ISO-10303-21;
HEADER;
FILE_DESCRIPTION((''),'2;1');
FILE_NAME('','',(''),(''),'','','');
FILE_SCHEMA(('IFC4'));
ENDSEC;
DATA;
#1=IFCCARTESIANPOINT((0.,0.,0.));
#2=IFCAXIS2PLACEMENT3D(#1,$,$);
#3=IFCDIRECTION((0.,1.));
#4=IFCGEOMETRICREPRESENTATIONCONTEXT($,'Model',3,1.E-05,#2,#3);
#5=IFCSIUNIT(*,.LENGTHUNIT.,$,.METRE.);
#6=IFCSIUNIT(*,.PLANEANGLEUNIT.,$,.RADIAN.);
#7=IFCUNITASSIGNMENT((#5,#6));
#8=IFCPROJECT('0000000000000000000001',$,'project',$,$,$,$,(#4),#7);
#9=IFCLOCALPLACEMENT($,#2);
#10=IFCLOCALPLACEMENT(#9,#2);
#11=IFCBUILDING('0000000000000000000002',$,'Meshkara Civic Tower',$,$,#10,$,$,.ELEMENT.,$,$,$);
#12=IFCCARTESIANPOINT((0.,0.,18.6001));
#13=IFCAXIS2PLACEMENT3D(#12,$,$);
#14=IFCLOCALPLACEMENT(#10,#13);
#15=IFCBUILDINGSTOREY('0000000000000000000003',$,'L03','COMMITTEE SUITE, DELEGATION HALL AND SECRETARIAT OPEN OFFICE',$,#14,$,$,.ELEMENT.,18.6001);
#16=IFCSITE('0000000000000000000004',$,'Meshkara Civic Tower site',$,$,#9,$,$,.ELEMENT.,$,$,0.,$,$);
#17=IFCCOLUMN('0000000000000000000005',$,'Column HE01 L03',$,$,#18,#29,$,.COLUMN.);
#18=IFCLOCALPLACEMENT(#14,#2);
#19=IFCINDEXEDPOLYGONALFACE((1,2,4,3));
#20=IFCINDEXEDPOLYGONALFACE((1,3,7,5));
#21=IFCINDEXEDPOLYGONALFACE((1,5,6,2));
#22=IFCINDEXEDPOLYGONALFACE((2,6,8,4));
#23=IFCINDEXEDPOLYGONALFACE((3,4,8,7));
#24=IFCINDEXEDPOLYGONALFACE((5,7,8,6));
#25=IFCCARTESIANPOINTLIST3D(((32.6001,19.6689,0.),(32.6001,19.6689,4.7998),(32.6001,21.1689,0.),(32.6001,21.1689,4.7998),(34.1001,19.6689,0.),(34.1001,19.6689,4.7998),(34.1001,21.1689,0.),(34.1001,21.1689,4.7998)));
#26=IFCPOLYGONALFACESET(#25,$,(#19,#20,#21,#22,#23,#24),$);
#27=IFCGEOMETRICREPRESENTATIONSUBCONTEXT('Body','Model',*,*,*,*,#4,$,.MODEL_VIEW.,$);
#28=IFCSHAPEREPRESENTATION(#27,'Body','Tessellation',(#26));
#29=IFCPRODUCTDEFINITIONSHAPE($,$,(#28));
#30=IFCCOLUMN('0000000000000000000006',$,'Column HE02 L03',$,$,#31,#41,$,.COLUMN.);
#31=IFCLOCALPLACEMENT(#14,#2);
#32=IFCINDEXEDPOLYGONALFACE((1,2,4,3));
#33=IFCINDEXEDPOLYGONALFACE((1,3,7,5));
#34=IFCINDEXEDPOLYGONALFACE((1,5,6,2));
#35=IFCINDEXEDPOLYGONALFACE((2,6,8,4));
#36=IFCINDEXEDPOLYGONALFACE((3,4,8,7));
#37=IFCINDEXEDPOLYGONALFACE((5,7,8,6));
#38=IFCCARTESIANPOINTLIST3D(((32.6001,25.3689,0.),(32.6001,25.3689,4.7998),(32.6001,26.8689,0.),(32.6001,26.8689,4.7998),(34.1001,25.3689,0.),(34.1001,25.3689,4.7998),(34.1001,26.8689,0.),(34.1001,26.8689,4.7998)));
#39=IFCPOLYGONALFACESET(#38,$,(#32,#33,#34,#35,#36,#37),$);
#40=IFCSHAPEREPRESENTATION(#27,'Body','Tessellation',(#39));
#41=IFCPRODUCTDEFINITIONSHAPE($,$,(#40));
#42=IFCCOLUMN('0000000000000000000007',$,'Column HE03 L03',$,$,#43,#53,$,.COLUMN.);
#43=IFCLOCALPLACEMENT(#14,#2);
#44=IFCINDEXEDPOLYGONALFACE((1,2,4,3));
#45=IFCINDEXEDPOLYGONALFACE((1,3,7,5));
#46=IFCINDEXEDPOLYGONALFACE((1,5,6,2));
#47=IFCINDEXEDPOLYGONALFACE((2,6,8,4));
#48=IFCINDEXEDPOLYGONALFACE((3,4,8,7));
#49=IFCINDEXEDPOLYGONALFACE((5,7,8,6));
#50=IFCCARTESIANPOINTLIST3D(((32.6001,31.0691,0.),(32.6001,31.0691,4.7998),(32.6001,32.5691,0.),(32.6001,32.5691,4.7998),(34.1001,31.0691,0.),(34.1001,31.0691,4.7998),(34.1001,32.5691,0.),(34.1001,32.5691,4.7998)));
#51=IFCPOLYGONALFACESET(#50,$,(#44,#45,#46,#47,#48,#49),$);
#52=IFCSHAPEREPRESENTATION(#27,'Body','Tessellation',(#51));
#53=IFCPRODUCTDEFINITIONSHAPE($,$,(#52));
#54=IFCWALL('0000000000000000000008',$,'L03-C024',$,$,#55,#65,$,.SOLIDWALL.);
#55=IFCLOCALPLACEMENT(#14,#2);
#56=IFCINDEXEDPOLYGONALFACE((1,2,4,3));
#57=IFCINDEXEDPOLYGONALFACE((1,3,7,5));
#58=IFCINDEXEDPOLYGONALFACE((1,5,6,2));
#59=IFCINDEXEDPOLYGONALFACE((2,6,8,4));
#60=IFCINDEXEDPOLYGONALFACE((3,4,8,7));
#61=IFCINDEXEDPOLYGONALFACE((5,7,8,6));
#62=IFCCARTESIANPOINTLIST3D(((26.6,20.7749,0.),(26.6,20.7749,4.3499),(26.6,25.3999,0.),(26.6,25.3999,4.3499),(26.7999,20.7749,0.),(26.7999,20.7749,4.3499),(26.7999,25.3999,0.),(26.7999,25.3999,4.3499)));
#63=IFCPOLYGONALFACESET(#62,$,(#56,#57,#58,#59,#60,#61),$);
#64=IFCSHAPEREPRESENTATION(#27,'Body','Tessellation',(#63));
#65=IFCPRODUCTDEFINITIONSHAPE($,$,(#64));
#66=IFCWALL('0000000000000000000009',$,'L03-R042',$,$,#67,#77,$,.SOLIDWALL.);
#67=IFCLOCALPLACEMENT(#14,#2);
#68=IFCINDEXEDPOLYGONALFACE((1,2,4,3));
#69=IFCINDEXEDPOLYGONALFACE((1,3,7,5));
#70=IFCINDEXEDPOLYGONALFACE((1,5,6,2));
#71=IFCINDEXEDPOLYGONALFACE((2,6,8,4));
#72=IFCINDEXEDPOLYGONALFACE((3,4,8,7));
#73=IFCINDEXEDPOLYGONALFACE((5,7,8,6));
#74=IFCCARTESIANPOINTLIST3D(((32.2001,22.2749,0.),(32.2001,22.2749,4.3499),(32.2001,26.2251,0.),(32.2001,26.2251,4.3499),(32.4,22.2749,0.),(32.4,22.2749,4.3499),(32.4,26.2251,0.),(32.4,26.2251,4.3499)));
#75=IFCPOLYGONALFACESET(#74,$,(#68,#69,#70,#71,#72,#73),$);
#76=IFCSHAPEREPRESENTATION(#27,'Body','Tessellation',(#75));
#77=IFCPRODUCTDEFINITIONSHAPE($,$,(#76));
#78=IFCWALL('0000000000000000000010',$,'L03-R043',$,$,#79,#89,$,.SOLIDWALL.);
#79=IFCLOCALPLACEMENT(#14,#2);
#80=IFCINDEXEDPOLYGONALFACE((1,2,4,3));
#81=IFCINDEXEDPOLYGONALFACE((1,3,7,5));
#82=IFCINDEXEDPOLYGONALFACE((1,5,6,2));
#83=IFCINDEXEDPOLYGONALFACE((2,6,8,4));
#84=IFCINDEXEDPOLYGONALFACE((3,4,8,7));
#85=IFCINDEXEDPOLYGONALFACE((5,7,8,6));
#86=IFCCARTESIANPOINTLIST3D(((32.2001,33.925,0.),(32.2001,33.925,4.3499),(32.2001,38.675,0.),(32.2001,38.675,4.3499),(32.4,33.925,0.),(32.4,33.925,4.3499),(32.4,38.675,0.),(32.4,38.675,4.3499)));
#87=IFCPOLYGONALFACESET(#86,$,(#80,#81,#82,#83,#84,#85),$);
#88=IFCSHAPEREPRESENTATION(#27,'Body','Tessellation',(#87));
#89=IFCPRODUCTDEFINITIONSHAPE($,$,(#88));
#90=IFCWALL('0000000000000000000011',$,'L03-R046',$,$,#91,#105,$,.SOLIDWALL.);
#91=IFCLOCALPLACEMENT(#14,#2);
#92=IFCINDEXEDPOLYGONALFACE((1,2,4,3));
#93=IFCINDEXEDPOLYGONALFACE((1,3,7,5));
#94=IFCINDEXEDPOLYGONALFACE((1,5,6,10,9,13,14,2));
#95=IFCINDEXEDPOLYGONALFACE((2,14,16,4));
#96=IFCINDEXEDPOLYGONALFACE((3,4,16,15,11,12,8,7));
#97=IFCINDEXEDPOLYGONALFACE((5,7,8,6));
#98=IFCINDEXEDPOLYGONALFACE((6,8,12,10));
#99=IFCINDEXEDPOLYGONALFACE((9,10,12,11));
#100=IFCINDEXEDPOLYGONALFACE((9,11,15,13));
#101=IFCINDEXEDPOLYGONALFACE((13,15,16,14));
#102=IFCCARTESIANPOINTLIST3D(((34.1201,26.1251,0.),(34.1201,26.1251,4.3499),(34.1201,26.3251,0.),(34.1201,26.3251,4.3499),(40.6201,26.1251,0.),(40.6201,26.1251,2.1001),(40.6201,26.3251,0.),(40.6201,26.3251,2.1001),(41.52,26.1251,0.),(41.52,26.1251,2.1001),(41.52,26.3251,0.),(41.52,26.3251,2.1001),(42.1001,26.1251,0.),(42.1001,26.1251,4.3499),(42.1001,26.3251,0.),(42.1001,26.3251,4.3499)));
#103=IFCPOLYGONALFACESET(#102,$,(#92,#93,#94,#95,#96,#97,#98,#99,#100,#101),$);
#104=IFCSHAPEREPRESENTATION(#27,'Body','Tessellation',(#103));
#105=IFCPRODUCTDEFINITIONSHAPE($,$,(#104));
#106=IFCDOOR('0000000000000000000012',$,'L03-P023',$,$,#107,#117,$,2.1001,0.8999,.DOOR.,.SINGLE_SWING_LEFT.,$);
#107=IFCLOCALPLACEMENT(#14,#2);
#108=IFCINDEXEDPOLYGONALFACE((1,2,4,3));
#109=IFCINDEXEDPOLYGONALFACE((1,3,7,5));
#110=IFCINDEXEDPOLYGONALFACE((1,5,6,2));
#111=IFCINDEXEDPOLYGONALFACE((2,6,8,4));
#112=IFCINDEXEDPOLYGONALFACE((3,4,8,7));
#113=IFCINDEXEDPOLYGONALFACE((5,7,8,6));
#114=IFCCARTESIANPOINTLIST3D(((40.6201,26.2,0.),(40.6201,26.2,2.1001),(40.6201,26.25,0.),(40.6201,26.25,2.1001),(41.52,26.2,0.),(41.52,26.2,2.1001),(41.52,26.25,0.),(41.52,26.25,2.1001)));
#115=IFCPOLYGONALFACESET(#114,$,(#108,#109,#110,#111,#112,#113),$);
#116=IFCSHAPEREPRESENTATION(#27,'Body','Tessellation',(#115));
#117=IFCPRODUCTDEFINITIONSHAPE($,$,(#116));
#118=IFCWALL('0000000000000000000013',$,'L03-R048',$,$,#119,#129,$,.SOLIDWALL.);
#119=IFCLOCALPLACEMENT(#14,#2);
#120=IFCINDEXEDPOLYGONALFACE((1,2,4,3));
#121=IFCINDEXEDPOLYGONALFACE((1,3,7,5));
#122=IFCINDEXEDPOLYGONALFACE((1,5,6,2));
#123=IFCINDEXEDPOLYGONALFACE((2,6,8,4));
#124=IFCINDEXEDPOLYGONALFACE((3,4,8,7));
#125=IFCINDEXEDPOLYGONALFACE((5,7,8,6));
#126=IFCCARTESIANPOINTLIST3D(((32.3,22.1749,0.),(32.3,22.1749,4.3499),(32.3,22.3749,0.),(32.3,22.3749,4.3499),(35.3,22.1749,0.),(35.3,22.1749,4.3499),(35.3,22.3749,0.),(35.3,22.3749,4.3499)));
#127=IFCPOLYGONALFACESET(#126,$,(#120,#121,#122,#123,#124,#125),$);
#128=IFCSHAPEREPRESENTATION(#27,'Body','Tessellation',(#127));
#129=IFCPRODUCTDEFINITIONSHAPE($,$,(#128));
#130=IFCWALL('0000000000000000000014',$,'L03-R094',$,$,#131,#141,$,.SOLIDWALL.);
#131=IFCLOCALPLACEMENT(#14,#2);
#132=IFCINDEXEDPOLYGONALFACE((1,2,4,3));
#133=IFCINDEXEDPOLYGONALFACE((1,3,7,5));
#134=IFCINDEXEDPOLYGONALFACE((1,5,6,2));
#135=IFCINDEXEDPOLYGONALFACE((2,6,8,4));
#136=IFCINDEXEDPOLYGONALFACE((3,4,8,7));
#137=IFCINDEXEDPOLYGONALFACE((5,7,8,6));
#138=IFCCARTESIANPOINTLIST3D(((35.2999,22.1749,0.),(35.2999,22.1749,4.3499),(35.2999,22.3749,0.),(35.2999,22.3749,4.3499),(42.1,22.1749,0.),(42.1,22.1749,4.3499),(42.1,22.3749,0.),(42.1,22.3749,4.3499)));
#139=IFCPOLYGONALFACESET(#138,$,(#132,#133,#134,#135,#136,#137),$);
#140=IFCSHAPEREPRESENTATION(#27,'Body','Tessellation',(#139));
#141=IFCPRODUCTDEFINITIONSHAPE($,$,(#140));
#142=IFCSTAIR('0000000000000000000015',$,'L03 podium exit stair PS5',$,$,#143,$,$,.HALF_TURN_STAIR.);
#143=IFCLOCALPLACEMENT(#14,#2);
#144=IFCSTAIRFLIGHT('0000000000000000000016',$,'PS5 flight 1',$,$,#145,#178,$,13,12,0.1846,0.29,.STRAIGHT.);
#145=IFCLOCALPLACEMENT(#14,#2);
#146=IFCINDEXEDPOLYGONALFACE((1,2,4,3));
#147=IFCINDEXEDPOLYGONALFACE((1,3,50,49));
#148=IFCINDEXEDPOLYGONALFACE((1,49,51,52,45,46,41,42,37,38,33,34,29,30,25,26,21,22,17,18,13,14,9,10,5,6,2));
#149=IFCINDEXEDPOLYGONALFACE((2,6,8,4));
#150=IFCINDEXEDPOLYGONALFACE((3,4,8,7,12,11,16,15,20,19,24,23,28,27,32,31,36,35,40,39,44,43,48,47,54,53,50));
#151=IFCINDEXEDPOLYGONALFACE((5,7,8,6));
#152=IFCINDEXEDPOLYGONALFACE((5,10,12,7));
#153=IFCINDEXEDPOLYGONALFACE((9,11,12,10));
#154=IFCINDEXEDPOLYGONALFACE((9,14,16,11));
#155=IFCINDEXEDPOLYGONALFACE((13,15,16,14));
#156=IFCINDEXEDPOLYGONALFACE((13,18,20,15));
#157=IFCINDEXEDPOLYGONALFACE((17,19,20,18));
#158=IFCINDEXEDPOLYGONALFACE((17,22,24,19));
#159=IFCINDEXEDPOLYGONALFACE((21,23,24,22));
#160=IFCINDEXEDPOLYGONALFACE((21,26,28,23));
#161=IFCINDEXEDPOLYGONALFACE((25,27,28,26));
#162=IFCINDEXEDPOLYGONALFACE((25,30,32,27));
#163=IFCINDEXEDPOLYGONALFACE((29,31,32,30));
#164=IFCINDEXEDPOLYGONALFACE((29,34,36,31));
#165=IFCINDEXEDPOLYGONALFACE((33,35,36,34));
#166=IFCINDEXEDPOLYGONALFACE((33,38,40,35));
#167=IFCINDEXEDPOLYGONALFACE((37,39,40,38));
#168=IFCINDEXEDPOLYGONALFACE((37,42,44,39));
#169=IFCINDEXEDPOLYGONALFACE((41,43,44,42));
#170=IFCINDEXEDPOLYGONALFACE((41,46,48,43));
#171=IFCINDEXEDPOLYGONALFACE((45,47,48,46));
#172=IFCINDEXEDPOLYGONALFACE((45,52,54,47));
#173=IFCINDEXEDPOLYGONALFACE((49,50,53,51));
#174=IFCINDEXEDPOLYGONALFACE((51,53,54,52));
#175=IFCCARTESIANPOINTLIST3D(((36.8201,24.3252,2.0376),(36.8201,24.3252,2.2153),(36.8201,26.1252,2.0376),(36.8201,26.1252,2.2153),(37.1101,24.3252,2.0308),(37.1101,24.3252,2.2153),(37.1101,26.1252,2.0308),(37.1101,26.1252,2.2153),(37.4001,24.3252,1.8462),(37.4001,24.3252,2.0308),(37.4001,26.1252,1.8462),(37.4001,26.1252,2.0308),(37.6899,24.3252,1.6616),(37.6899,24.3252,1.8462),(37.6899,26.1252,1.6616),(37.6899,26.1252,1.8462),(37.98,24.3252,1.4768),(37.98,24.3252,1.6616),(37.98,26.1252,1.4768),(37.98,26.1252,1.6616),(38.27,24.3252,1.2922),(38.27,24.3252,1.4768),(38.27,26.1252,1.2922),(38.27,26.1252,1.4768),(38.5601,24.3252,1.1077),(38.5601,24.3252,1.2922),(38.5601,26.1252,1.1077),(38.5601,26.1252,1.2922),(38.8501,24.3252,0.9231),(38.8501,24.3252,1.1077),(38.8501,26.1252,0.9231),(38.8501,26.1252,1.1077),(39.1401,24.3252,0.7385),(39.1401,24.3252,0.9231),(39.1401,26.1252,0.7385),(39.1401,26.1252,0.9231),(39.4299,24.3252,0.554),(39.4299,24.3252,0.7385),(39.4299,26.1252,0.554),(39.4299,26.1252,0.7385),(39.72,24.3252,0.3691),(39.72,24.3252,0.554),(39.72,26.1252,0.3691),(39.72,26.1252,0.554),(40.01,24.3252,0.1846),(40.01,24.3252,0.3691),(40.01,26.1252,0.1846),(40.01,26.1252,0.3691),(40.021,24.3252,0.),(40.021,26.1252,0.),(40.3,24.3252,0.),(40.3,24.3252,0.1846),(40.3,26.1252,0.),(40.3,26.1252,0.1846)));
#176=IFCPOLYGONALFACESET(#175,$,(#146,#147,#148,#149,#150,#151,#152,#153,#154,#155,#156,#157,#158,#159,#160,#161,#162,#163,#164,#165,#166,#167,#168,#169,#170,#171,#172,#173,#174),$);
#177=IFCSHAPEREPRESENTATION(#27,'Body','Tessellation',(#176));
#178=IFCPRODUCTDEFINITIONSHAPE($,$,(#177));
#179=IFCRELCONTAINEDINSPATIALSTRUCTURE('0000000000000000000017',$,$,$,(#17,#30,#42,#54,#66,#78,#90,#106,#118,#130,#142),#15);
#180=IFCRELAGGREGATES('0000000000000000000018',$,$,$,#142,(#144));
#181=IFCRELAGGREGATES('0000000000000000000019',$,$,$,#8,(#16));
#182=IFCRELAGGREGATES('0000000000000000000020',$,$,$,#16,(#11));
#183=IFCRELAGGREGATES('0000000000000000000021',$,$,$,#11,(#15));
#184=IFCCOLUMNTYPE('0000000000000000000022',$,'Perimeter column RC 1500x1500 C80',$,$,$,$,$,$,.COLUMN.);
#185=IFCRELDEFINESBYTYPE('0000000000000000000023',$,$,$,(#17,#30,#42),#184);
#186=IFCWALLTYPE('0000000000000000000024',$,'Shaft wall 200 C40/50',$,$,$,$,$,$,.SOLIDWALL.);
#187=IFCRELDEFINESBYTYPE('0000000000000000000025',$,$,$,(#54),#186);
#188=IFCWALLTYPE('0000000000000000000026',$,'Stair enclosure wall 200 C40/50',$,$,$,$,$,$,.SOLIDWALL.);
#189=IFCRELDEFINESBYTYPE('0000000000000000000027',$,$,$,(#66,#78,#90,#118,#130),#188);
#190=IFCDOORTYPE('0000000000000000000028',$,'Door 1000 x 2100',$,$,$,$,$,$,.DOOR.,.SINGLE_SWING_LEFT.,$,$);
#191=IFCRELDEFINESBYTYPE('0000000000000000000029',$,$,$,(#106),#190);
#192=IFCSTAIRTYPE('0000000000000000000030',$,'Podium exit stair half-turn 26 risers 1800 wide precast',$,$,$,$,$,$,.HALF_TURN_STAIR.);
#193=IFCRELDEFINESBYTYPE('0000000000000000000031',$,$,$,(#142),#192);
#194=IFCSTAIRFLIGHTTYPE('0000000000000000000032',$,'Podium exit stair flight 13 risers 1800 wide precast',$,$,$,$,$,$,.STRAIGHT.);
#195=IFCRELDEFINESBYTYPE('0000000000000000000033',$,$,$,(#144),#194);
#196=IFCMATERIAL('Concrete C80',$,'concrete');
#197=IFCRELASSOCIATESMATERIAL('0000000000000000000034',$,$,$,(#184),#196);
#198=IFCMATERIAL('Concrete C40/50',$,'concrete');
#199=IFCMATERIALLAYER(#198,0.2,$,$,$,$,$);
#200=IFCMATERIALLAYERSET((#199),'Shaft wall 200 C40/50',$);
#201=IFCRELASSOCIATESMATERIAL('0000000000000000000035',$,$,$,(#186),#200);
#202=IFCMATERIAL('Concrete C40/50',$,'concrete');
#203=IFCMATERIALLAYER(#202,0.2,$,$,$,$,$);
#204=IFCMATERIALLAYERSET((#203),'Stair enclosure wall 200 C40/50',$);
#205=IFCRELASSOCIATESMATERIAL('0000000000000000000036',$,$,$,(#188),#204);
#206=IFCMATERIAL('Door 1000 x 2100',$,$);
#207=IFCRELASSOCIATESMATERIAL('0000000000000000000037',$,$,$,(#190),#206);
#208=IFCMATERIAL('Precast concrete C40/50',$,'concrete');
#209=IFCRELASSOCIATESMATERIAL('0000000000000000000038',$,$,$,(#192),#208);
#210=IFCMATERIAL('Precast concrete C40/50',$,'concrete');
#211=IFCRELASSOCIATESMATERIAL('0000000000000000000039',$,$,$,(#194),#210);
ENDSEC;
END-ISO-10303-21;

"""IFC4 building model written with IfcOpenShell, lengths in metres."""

from ifc_helpers import new_model, si_unit, direction, frame, frame_2d, origin, origin_2d, place, context, subcontext, project, spatial, polyline, rectangle, outline, extrude, material, layer, layer_set, material_profile, profile_set, type_object, element, fill, aggregate, save


model = new_model("IFC4")

# Units and contexts
model_context = context("Model", 3, precision=1e-05, world=origin(), true_north=direction((0.0, 1.0)))
body_context = subcontext(model_context, "Body", "Model", "MODEL_VIEW")
ifc_project = project(units=[si_unit("LENGTHUNIT", "METRE"), si_unit("PLANEANGLEUNIT", "RADIAN")], contexts=[model_context])

# Site, building, storey
site_placement = place(None, origin())
site = spatial("IfcSite", under=ifc_project, at=site_placement, Name="Meshkara Civic Tower site", CompositionType="ELEMENT", RefElevation=0.0)
building_placement = place(site_placement, origin())
building = spatial("IfcBuilding", under=site, at=building_placement, Name="Meshkara Civic Tower", CompositionType="ELEMENT")
storey_placement = place(building_placement, frame((0.0, 0.0, 18.6001)))
storey = spatial("IfcBuildingStorey", under=building, at=storey_placement, Name="L03", Description="COMMITTEE SUITE, DELEGATION HALL AND SECRETARIAT OPEN OFFICE", CompositionType="ELEMENT", Elevation=18.6001)

# Columns
ifc_material_1 = material(Name="Concrete C80", Category="concrete")
ifc_material_profile = material_profile(ifc_material_1, rectangle(XDim=1.5, YDim=1.5, at=origin_2d()))
ifc_profile_set = profile_set([ifc_material_profile], Name="Concrete C80")
column_type = type_object("IfcColumnType", Name="Perimeter column RC 1500x1500 C80", PredefinedType="COLUMN", material=ifc_profile_set)
for number, where, z_axis, x_axis, name in (
    (1, (33.3501, 20.4189, 0.0), (0.0, 0.0, 1.0), (1.0, 0.0, 0.0), "Column HE01 L03"),
    (2, (33.3501, 26.1189, 0.0), (0.0, 0.0, 1.0), (1.0, 0.0, 0.0), "Column HE02 L03"),
    (3, (33.3501, 31.8191, 0.0), (0.0, 0.0, 1.0), (1.0, 0.0, 0.0), "Column HE03 L03"),
):
    element("IfcColumn", number, at=place(storey_placement, frame(where, z_axis=z_axis, x_axis=x_axis)), inside=storey, type_object=column_type, Name=name, PredefinedType="COLUMN", context=body_context, shape_type="SweptSolid", body=[
        extrude(rectangle(XDim=1.5, YDim=1.5, at=origin_2d()), origin(), (0.0, 0.0, 1.0), 4.7998),
    ])

# Walls
ifc_material_2 = material(Name="Concrete C40/50", Category="concrete")
ifc_layer_1 = layer(ifc_material_2, 0.2)
ifc_layer_set_1 = layer_set([ifc_layer_1], Name="Shaft wall 200 C40/50")
wall_type_1 = type_object("IfcWallType", Name="Shaft wall 200 C40/50", PredefinedType="SOLIDWALL", material=ifc_layer_set_1)
wall_1_placement = place(storey_placement, frame((26.7, 20.7749, 0.0), z_axis=(0.0, 0.0, 1.0), x_axis=(0.0, 1.0, 0.0)))
element("IfcWall", 4, at=wall_1_placement, inside=storey, type_object=wall_type_1, Name="L03-C024", PredefinedType="SOLIDWALL", context=body_context, shape_type="SweptSolid", body=[
    extrude(rectangle(XDim=4.625, YDim=0.2, at=frame_2d((2.3125, 0.0))), origin(), (0.0, 0.0, 1.0), 4.3499),
])
ifc_material_3 = material(Name="Concrete C40/50", Category="concrete")
ifc_layer_2 = layer(ifc_material_3, 0.2)
ifc_layer_set_2 = layer_set([ifc_layer_2], Name="Stair enclosure wall 200 C40/50")
wall_type_2 = type_object("IfcWallType", Name="Stair enclosure wall 200 C40/50", PredefinedType="SOLIDWALL", material=ifc_layer_set_2)
wall_2_placement = place(storey_placement, frame((32.3, 22.2749, 0.0), z_axis=(0.0, 0.0, 1.0), x_axis=(0.0, 1.0, 0.0)))
element("IfcWall", 5, at=wall_2_placement, inside=storey, type_object=wall_type_2, Name="L03-R042", PredefinedType="SOLIDWALL", context=body_context, shape_type="SweptSolid", body=[
    extrude(rectangle(XDim=3.9502, YDim=0.2, at=frame_2d((1.9751, 0.0))), origin(), (0.0, 0.0, 1.0), 4.3499),
])
wall_3_placement = place(storey_placement, frame((32.3, 33.925, 0.0), z_axis=(0.0, 0.0, 1.0), x_axis=(0.0, 1.0, 0.0)))
element("IfcWall", 6, at=wall_3_placement, inside=storey, type_object=wall_type_2, Name="L03-R043", PredefinedType="SOLIDWALL", context=body_context, shape_type="SweptSolid", body=[
    extrude(rectangle(XDim=4.75, YDim=0.2, at=frame_2d((2.375, 0.0))), origin(), (0.0, 0.0, 1.0), 4.3499),
])

# Wall, opening, door
wall_4_placement = place(storey_placement, frame((34.1201, 26.2251, 0.0), z_axis=(0.0, 0.0, 1.0), x_axis=(1.0, 0.0, 0.0)))
wall_4 = element("IfcWall", 7, at=wall_4_placement, inside=storey, type_object=wall_type_2, Name="L03-R046", PredefinedType="SOLIDWALL", context=body_context, shape_type="SweptSolid", body=[
    extrude(rectangle(XDim=7.98, YDim=0.2, at=frame_2d((3.99, 0.0))), origin(), (0.0, 0.0, 1.0), 4.3499),
])
opening_placement = place(wall_4_placement, frame((6.5, 0.0, 0.0)))
opening = element("IfcOpeningElement", 8, at=opening_placement, cuts=wall_4, PredefinedType="OPENING", context=body_context, shape_type="SweptSolid", body=[
    extrude(rectangle(XDim=0.8999, YDim=2.1001, at=frame_2d((0.45, 1.05))), frame((0.0, 0.1099, 0.0), z_axis=(0.0, -1.0, 0.0), x_axis=(1.0, 0.0, 0.0)), (0.0, 0.0, 1.0), 0.22),
])
ifc_material_4 = material(Name="Door 1000 x 2100")
door_type = type_object("IfcDoorType", Name="Door 1000 x 2100", OperationType="SINGLE_SWING_LEFT", PredefinedType="DOOR", material=ifc_material_4)
door_placement = place(opening_placement, origin())
door = element("IfcDoor", 9, at=door_placement, inside=storey, type_object=door_type, Name="L03-P023", OperationType="SINGLE_SWING_LEFT", OverallHeight=2.1001, OverallWidth=0.8999, PredefinedType="DOOR", context=body_context, shape_type="SweptSolid", body=[
    extrude(rectangle(XDim=0.8999, YDim=2.1001, at=frame_2d((0.45, 1.05))), frame((0.0, 0.0249, 0.0), z_axis=(0.0, -1.0, 0.0), x_axis=(1.0, 0.0, 0.0)), (0.0, 0.0, 1.0), 0.05),
])
fill(opening, door)

# Walls
wall_5_placement = place(storey_placement, frame((35.3, 22.2749, 0.0), z_axis=(0.0, 0.0, 1.0), x_axis=(-1.0, 0.0, 0.0)))
element("IfcWall", 10, at=wall_5_placement, inside=storey, type_object=wall_type_2, Name="L03-R048", PredefinedType="SOLIDWALL", context=body_context, shape_type="SweptSolid", body=[
    extrude(rectangle(XDim=3.0, YDim=0.2, at=frame_2d((1.5, 0.0))), origin(), (0.0, 0.0, 1.0), 4.3499),
])
wall_6_placement = place(storey_placement, frame((35.3, 22.2749, 0.0), z_axis=(0.0, 0.0, 1.0), x_axis=(1.0, 0.0, 0.0)))
element("IfcWall", 11, at=wall_6_placement, inside=storey, type_object=wall_type_2, Name="L03-R094", PredefinedType="SOLIDWALL", context=body_context, shape_type="SweptSolid", body=[
    extrude(rectangle(XDim=6.8, YDim=0.2, at=frame_2d((3.3999, 0.0))), origin(), (0.0, 0.0, 1.0), 4.3499),
])

# Stair, stair flight
ifc_material_5 = material(Name="Precast concrete C40/50", Category="concrete")
stair_type = type_object("IfcStairType", Name="Podium exit stair half-turn 26 risers 1800 wide precast", PredefinedType="HALF_TURN_STAIR", material=ifc_material_5)
stair_placement = place(storey_placement, origin())
stair = element("IfcStair", 12, at=stair_placement, inside=storey, type_object=stair_type, Name="L03 podium exit stair PS5", PredefinedType="HALF_TURN_STAIR")
ifc_material_6 = material(Name="Precast concrete C40/50", Category="concrete")
stair_flight_type = type_object("IfcStairFlightType", Name="Podium exit stair flight 13 risers 1800 wide precast", PredefinedType="STRAIGHT", material=ifc_material_6)
stair_flight_1_placement = place(storey_placement, frame((40.3, 25.2251, 0.0), z_axis=(0.0, 0.0, 1.0), x_axis=(-1.0, 0.0, 0.0)))
stair_flight_1 = element("IfcStairFlight", 13, at=stair_flight_1_placement, type_object=stair_flight_type, Name="PS5 flight 1", NumberOfRisers=13, NumberOfTreads=12, PredefinedType="STRAIGHT", RiserHeight=0.1846, TreadLength=0.29, context=body_context, shape_type="SweptSolid", body=[
    extrude(outline(polyline([(0.0, 0.0), (0.0, 0.1846), (0.29, 0.1846), (0.29, 0.3691), (0.5801, 0.3691), (0.5801, 0.554), (0.8701, 0.554), (0.8701, 0.7385), (1.1599, 0.7385), (1.1599, 0.9231), (1.45, 0.9231), (1.45, 1.1077), (1.74, 1.1077), (1.74, 1.2922), (2.03, 1.2922), (2.03, 1.4768), (2.3201, 1.4768), (2.3201, 1.6616), (2.6101, 1.6616), (2.6101, 1.8462), (2.8999, 1.8462), (2.8999, 2.0308), (3.1899, 2.0308), (3.1899, 2.2153), (3.48, 2.2153), (3.48, 2.3999), (3.48, 2.0376), (0.2791, 0.0), (0.0, 0.0)])), frame((0.0, 0.8999, 0.0), z_axis=(0.0, -1.0, 0.0), x_axis=(1.0, 0.0, 0.0)), (0.0, 0.0, 1.0), 1.8),
])
aggregate(stair, [stair_flight_1])

save(model, "model.ifc")
